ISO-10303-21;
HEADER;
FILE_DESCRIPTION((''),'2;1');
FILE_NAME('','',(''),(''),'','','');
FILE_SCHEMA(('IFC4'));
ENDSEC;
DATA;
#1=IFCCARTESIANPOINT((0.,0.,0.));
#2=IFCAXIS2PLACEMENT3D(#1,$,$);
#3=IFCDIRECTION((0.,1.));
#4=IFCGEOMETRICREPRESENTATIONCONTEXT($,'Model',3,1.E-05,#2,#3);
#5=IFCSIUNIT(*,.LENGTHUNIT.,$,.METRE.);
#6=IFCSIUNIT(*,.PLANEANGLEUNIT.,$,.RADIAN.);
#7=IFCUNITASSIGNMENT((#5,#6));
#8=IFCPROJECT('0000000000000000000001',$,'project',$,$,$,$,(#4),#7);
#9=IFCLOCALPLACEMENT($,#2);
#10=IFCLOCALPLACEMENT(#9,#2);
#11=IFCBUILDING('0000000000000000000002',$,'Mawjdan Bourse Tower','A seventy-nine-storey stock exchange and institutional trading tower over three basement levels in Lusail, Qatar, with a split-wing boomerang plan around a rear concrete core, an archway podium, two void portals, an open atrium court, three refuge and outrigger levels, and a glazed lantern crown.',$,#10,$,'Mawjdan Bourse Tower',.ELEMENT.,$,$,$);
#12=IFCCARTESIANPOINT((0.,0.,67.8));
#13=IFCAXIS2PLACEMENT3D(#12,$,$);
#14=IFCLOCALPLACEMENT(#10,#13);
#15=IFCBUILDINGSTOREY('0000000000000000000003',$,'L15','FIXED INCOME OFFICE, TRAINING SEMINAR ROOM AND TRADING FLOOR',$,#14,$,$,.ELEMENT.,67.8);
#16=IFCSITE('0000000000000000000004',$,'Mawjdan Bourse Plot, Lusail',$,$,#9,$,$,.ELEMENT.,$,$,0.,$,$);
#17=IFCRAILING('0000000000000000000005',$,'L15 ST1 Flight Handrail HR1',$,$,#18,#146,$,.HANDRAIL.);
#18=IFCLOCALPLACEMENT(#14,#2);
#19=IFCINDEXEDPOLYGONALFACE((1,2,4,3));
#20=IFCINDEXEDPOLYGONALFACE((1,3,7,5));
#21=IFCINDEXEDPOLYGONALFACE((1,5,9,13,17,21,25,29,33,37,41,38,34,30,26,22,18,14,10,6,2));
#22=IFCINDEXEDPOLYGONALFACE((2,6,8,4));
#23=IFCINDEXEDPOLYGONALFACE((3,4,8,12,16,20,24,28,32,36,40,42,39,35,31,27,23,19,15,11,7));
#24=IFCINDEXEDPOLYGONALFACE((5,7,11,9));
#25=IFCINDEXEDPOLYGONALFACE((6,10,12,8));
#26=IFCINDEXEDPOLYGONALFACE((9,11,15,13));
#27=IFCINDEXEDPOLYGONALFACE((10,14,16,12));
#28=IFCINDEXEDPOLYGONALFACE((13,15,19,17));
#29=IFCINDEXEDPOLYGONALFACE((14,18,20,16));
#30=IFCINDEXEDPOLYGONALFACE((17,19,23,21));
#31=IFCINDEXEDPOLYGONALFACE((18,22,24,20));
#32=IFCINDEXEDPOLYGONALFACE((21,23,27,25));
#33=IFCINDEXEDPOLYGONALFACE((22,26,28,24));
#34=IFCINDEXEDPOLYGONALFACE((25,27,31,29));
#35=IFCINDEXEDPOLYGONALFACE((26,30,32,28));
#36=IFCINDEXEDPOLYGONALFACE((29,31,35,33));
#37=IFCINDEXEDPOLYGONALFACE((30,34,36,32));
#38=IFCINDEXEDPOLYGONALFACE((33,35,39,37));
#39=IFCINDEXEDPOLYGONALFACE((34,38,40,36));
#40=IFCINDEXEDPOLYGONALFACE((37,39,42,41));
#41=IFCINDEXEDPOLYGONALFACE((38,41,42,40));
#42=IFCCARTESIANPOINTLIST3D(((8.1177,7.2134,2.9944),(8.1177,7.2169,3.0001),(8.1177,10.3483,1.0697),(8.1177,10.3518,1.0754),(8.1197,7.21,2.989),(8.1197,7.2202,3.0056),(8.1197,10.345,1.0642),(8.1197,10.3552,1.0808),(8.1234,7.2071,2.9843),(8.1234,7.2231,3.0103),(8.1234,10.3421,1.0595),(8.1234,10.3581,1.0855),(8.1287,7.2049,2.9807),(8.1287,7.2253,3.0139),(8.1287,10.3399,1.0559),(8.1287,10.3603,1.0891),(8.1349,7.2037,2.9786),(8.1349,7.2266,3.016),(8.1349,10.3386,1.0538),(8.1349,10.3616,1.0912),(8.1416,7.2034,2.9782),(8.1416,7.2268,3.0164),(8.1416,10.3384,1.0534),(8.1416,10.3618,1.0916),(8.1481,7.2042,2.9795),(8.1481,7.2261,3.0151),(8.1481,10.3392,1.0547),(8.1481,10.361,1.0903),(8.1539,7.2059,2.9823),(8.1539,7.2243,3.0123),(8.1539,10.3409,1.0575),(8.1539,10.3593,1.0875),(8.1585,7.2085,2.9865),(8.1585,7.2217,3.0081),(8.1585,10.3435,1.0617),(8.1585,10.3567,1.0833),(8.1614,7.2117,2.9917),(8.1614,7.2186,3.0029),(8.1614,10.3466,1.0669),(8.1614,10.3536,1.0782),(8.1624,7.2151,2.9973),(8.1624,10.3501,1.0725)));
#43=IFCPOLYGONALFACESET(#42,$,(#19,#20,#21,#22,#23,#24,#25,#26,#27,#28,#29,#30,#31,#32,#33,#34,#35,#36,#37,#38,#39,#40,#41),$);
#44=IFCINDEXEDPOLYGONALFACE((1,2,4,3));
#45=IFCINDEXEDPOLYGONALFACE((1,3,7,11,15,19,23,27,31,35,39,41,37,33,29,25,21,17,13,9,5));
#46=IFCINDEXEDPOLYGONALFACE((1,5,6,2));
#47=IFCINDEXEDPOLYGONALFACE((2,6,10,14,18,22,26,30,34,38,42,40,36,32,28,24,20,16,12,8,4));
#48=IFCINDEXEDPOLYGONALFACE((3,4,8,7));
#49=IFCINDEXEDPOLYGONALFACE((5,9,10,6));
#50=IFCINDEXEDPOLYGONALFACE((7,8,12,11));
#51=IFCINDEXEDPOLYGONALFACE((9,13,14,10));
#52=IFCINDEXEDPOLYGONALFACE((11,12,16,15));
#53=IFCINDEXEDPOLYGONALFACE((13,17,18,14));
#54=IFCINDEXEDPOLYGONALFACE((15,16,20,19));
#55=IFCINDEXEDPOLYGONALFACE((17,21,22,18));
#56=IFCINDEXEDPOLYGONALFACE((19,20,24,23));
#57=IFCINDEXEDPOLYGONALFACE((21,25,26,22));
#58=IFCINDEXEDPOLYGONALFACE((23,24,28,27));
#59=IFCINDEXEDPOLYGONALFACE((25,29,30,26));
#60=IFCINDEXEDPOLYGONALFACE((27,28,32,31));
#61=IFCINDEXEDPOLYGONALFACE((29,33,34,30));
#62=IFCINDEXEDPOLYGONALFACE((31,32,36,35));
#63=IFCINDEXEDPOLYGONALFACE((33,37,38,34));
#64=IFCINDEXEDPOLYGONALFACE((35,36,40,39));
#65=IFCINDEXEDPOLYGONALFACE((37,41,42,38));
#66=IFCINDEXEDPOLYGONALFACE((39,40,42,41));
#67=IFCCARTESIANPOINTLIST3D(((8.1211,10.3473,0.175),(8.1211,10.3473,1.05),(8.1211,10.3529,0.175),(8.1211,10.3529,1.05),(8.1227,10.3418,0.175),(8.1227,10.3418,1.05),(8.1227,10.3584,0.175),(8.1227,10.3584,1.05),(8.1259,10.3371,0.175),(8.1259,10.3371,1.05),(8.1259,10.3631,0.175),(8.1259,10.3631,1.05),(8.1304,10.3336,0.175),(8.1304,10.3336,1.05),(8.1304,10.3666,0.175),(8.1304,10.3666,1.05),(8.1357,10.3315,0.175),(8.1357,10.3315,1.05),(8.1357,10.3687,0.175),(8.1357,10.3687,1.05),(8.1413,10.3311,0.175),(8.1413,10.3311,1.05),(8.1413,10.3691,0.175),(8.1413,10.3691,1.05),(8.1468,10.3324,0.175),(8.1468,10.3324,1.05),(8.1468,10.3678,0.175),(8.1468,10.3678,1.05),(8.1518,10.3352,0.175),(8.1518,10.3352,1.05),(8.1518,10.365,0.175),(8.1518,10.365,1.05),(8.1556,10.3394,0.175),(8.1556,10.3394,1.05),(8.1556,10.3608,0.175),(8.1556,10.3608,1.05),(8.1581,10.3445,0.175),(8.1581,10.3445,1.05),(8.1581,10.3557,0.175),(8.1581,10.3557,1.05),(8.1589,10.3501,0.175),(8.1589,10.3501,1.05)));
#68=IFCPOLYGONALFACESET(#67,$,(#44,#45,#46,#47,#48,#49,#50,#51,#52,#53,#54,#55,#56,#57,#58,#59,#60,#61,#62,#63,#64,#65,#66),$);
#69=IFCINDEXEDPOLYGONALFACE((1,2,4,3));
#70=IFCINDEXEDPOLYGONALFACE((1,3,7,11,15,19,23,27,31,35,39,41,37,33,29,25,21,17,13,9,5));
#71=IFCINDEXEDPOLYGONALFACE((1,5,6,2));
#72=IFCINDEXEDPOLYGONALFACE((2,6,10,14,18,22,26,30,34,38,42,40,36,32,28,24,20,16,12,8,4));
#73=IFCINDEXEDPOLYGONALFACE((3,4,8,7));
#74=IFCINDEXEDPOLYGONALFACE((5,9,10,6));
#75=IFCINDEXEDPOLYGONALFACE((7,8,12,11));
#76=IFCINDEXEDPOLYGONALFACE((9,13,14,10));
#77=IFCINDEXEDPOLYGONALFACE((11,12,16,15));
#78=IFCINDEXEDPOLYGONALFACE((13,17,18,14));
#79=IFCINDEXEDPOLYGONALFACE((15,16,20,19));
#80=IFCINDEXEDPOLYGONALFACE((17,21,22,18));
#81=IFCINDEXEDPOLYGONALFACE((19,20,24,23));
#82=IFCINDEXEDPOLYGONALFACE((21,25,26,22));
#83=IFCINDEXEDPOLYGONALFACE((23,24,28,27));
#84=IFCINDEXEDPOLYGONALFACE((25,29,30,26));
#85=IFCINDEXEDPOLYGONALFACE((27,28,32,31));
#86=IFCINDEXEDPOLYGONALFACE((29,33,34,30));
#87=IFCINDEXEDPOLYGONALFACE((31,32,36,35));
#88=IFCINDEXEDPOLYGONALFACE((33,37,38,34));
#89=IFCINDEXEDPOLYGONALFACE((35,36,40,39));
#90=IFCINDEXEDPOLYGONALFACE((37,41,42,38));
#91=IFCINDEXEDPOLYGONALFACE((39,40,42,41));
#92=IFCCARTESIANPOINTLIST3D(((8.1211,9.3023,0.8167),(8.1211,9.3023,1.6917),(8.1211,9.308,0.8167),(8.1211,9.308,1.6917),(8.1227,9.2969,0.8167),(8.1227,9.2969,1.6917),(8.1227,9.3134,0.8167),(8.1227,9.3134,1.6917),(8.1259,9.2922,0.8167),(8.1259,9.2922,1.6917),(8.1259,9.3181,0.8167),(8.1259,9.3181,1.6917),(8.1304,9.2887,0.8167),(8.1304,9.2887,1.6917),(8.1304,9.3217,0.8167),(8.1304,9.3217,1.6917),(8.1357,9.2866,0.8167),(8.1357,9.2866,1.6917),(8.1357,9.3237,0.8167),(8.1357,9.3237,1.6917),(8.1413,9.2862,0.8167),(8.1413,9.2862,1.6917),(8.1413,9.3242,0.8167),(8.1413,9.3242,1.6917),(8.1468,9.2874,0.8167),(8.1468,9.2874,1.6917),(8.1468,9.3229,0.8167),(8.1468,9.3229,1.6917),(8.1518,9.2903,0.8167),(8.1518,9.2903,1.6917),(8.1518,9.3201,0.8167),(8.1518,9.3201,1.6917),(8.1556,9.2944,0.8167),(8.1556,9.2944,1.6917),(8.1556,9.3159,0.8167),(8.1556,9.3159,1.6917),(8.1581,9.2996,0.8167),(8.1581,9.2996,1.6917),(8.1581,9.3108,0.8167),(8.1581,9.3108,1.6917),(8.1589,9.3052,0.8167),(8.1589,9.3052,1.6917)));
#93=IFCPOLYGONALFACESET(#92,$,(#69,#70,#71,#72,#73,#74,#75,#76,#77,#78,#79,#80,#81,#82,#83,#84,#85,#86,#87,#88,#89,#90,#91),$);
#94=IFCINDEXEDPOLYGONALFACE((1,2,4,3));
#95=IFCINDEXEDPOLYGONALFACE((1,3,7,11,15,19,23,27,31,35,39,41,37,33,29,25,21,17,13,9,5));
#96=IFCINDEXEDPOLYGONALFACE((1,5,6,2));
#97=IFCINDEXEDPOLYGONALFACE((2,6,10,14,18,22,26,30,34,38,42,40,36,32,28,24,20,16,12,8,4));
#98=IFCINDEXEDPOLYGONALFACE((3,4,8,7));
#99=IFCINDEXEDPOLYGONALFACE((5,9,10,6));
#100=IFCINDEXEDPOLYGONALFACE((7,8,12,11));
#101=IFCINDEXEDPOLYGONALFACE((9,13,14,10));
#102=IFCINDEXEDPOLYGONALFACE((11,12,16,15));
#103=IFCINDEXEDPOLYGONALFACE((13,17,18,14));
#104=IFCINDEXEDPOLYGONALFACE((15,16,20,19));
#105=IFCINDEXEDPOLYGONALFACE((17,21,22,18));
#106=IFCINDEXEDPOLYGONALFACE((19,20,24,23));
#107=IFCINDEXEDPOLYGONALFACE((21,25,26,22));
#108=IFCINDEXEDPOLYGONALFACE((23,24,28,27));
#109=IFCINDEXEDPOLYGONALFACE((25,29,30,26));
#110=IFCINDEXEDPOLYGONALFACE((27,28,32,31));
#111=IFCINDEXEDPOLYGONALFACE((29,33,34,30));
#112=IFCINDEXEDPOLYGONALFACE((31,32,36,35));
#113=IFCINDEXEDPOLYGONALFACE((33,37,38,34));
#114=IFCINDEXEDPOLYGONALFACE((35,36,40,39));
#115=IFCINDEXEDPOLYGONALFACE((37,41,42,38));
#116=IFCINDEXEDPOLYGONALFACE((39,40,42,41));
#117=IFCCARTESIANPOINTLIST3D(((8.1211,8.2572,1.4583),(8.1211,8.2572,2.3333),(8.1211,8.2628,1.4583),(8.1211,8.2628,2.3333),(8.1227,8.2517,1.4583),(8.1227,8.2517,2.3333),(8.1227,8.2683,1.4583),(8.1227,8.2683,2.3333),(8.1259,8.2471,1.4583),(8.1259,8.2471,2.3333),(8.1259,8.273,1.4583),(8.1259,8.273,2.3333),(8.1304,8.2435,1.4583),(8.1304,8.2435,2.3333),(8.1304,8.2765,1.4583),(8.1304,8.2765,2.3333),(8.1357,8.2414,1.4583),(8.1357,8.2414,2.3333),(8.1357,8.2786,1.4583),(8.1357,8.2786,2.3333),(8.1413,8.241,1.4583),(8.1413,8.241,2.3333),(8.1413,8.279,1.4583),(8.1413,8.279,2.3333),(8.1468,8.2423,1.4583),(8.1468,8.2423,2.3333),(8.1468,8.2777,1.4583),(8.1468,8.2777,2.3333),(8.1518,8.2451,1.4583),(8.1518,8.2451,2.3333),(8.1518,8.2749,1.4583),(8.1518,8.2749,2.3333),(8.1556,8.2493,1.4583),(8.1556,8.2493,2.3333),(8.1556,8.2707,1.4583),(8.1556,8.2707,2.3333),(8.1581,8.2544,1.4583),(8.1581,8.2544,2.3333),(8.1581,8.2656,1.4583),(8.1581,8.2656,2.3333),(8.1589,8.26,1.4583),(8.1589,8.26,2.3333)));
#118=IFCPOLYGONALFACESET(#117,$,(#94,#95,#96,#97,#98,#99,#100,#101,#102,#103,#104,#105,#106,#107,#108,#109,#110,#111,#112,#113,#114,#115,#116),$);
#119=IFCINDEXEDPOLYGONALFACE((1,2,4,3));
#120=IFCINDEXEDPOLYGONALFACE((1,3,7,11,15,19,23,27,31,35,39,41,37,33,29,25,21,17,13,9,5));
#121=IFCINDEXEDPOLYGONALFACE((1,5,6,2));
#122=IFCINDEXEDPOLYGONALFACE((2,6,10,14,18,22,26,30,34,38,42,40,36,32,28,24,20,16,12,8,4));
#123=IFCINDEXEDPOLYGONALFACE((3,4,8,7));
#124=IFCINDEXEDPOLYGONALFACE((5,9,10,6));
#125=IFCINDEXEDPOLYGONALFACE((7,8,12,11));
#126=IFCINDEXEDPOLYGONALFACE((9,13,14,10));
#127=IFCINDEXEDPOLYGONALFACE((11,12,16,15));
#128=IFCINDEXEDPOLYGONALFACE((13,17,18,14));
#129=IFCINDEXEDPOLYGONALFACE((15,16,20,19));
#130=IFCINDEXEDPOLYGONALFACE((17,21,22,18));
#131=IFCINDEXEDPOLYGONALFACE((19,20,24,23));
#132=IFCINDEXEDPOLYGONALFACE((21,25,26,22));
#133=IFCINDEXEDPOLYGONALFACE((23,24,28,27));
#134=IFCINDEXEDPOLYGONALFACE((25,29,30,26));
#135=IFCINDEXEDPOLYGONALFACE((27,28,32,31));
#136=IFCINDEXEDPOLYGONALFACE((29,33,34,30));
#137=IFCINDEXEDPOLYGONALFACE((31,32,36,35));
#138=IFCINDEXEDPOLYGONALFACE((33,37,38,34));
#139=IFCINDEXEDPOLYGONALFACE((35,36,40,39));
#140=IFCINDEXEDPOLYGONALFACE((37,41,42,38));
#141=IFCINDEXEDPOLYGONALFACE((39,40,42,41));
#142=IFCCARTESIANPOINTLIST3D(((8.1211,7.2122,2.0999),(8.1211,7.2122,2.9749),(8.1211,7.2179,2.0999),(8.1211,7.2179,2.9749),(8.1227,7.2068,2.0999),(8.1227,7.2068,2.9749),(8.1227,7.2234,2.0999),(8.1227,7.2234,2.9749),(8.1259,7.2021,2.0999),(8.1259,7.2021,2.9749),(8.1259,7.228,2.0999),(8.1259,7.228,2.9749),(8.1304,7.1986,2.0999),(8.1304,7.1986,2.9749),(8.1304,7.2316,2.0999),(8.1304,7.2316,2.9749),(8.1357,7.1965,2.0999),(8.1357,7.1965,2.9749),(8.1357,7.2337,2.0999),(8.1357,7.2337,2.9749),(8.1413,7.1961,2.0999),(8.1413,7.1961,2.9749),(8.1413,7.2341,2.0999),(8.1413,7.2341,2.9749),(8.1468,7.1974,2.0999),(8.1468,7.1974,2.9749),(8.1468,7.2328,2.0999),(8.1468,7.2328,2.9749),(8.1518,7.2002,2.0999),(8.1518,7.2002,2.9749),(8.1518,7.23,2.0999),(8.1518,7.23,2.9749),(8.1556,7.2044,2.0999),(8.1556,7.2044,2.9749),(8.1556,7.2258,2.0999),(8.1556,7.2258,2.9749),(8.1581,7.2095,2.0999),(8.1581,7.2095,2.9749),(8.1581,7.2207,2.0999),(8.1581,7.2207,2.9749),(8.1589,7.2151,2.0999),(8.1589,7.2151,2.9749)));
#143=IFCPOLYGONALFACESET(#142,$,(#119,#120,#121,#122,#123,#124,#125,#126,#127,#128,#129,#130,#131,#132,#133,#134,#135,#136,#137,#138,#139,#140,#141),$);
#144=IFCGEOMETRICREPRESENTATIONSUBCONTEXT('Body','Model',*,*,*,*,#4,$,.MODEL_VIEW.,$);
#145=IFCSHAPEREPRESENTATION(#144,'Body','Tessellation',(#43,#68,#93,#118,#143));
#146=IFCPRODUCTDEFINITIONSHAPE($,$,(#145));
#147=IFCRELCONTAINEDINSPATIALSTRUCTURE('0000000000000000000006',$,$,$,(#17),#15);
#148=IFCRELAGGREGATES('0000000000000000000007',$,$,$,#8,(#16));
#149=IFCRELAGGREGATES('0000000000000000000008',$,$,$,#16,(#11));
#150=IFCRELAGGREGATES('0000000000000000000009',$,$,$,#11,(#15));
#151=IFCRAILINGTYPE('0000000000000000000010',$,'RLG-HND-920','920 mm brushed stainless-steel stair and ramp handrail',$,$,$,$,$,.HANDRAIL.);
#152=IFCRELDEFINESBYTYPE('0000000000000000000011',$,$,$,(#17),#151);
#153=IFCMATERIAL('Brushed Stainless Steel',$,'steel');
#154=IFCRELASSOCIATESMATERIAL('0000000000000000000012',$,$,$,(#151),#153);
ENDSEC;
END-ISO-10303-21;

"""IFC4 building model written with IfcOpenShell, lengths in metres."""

from ifc_helpers import new_model, si_unit, direction, frame, origin, origin_2d, place, context, subcontext, project, spatial, circle, extrude, material, type_object, element, save


model = new_model("IFC4")

# Units and contexts
model_context = context("Model", 3, precision=1e-05, world=origin(), true_north=direction((0.0, 1.0)))
body_context = subcontext(model_context, "Body", "Model", "MODEL_VIEW")
ifc_project = project(units=[si_unit("LENGTHUNIT", "METRE"), si_unit("PLANEANGLEUNIT", "RADIAN")], contexts=[model_context])

# Site, building, storey
site_placement = place(None, origin())
site = spatial("IfcSite", under=ifc_project, at=site_placement, Name="Mawjdan Bourse Plot, Lusail", CompositionType="ELEMENT", RefElevation=0.0)
building_placement = place(site_placement, origin())
building = spatial("IfcBuilding", under=site, at=building_placement, Name="Mawjdan Bourse Tower", Description="A seventy-nine-storey stock exchange and institutional trading tower over three basement levels in Lusail, Qatar, with a split-wing boomerang plan around a rear concrete core, an archway podium, two void portals, an open atrium court, three refuge and outrigger levels, and a glazed lantern crown.", LongName="Mawjdan Bourse Tower", CompositionType="ELEMENT")
storey_placement = place(building_placement, frame((0.0, 0.0, 67.8)))
storey = spatial("IfcBuildingStorey", under=building, at=storey_placement, Name="L15", Description="FIXED INCOME OFFICE, TRAINING SEMINAR ROOM AND TRADING FLOOR", CompositionType="ELEMENT", Elevation=67.8)

# Railing
ifc_material_1 = material(Name="Brushed Stainless Steel", Category="steel")
railing_type_1 = type_object("IfcRailingType", Name="RLG-HND-920", Description="920 mm brushed stainless-steel stair and ramp handrail", PredefinedType="HANDRAIL", material=ifc_material_1)
railing_1_placement = place(storey_placement, frame((8.1399, 10.3501, 0.175)))
element("IfcRailing", 1, at=railing_1_placement, inside=storey, type_object=railing_type_1, Name="L15 ST1 Flight Handrail HR1", PredefinedType="HANDRAIL", context=body_context, shape_type="SweptSolid", body=[
    extrude(circle(Radius=0.0225, at=origin_2d()), frame((0.0, 0.0, 0.8975), z_axis=(0.0, -0.852196, 0.523223), x_axis=(1.0, 0.0, 0.0)), (0.0, 0.0, 1.0), 3.6787),
    extrude(circle(Radius=0.019, at=origin_2d()), origin(), (0.0, 0.0, 1.0), 0.875),
    extrude(circle(Radius=0.019, at=origin_2d()), frame((0.0, -1.0449, 0.6416)), (0.0, 0.0, 1.0), 0.875),
    extrude(circle(Radius=0.019, at=origin_2d()), frame((0.0, -2.0901, 1.2832)), (0.0, 0.0, 1.0), 0.875),
    extrude(circle(Radius=0.019, at=origin_2d()), frame((0.0, -3.135, 1.9248)), (0.0, 0.0, 1.0), 0.875),
])

save(model, "model.ifc")
